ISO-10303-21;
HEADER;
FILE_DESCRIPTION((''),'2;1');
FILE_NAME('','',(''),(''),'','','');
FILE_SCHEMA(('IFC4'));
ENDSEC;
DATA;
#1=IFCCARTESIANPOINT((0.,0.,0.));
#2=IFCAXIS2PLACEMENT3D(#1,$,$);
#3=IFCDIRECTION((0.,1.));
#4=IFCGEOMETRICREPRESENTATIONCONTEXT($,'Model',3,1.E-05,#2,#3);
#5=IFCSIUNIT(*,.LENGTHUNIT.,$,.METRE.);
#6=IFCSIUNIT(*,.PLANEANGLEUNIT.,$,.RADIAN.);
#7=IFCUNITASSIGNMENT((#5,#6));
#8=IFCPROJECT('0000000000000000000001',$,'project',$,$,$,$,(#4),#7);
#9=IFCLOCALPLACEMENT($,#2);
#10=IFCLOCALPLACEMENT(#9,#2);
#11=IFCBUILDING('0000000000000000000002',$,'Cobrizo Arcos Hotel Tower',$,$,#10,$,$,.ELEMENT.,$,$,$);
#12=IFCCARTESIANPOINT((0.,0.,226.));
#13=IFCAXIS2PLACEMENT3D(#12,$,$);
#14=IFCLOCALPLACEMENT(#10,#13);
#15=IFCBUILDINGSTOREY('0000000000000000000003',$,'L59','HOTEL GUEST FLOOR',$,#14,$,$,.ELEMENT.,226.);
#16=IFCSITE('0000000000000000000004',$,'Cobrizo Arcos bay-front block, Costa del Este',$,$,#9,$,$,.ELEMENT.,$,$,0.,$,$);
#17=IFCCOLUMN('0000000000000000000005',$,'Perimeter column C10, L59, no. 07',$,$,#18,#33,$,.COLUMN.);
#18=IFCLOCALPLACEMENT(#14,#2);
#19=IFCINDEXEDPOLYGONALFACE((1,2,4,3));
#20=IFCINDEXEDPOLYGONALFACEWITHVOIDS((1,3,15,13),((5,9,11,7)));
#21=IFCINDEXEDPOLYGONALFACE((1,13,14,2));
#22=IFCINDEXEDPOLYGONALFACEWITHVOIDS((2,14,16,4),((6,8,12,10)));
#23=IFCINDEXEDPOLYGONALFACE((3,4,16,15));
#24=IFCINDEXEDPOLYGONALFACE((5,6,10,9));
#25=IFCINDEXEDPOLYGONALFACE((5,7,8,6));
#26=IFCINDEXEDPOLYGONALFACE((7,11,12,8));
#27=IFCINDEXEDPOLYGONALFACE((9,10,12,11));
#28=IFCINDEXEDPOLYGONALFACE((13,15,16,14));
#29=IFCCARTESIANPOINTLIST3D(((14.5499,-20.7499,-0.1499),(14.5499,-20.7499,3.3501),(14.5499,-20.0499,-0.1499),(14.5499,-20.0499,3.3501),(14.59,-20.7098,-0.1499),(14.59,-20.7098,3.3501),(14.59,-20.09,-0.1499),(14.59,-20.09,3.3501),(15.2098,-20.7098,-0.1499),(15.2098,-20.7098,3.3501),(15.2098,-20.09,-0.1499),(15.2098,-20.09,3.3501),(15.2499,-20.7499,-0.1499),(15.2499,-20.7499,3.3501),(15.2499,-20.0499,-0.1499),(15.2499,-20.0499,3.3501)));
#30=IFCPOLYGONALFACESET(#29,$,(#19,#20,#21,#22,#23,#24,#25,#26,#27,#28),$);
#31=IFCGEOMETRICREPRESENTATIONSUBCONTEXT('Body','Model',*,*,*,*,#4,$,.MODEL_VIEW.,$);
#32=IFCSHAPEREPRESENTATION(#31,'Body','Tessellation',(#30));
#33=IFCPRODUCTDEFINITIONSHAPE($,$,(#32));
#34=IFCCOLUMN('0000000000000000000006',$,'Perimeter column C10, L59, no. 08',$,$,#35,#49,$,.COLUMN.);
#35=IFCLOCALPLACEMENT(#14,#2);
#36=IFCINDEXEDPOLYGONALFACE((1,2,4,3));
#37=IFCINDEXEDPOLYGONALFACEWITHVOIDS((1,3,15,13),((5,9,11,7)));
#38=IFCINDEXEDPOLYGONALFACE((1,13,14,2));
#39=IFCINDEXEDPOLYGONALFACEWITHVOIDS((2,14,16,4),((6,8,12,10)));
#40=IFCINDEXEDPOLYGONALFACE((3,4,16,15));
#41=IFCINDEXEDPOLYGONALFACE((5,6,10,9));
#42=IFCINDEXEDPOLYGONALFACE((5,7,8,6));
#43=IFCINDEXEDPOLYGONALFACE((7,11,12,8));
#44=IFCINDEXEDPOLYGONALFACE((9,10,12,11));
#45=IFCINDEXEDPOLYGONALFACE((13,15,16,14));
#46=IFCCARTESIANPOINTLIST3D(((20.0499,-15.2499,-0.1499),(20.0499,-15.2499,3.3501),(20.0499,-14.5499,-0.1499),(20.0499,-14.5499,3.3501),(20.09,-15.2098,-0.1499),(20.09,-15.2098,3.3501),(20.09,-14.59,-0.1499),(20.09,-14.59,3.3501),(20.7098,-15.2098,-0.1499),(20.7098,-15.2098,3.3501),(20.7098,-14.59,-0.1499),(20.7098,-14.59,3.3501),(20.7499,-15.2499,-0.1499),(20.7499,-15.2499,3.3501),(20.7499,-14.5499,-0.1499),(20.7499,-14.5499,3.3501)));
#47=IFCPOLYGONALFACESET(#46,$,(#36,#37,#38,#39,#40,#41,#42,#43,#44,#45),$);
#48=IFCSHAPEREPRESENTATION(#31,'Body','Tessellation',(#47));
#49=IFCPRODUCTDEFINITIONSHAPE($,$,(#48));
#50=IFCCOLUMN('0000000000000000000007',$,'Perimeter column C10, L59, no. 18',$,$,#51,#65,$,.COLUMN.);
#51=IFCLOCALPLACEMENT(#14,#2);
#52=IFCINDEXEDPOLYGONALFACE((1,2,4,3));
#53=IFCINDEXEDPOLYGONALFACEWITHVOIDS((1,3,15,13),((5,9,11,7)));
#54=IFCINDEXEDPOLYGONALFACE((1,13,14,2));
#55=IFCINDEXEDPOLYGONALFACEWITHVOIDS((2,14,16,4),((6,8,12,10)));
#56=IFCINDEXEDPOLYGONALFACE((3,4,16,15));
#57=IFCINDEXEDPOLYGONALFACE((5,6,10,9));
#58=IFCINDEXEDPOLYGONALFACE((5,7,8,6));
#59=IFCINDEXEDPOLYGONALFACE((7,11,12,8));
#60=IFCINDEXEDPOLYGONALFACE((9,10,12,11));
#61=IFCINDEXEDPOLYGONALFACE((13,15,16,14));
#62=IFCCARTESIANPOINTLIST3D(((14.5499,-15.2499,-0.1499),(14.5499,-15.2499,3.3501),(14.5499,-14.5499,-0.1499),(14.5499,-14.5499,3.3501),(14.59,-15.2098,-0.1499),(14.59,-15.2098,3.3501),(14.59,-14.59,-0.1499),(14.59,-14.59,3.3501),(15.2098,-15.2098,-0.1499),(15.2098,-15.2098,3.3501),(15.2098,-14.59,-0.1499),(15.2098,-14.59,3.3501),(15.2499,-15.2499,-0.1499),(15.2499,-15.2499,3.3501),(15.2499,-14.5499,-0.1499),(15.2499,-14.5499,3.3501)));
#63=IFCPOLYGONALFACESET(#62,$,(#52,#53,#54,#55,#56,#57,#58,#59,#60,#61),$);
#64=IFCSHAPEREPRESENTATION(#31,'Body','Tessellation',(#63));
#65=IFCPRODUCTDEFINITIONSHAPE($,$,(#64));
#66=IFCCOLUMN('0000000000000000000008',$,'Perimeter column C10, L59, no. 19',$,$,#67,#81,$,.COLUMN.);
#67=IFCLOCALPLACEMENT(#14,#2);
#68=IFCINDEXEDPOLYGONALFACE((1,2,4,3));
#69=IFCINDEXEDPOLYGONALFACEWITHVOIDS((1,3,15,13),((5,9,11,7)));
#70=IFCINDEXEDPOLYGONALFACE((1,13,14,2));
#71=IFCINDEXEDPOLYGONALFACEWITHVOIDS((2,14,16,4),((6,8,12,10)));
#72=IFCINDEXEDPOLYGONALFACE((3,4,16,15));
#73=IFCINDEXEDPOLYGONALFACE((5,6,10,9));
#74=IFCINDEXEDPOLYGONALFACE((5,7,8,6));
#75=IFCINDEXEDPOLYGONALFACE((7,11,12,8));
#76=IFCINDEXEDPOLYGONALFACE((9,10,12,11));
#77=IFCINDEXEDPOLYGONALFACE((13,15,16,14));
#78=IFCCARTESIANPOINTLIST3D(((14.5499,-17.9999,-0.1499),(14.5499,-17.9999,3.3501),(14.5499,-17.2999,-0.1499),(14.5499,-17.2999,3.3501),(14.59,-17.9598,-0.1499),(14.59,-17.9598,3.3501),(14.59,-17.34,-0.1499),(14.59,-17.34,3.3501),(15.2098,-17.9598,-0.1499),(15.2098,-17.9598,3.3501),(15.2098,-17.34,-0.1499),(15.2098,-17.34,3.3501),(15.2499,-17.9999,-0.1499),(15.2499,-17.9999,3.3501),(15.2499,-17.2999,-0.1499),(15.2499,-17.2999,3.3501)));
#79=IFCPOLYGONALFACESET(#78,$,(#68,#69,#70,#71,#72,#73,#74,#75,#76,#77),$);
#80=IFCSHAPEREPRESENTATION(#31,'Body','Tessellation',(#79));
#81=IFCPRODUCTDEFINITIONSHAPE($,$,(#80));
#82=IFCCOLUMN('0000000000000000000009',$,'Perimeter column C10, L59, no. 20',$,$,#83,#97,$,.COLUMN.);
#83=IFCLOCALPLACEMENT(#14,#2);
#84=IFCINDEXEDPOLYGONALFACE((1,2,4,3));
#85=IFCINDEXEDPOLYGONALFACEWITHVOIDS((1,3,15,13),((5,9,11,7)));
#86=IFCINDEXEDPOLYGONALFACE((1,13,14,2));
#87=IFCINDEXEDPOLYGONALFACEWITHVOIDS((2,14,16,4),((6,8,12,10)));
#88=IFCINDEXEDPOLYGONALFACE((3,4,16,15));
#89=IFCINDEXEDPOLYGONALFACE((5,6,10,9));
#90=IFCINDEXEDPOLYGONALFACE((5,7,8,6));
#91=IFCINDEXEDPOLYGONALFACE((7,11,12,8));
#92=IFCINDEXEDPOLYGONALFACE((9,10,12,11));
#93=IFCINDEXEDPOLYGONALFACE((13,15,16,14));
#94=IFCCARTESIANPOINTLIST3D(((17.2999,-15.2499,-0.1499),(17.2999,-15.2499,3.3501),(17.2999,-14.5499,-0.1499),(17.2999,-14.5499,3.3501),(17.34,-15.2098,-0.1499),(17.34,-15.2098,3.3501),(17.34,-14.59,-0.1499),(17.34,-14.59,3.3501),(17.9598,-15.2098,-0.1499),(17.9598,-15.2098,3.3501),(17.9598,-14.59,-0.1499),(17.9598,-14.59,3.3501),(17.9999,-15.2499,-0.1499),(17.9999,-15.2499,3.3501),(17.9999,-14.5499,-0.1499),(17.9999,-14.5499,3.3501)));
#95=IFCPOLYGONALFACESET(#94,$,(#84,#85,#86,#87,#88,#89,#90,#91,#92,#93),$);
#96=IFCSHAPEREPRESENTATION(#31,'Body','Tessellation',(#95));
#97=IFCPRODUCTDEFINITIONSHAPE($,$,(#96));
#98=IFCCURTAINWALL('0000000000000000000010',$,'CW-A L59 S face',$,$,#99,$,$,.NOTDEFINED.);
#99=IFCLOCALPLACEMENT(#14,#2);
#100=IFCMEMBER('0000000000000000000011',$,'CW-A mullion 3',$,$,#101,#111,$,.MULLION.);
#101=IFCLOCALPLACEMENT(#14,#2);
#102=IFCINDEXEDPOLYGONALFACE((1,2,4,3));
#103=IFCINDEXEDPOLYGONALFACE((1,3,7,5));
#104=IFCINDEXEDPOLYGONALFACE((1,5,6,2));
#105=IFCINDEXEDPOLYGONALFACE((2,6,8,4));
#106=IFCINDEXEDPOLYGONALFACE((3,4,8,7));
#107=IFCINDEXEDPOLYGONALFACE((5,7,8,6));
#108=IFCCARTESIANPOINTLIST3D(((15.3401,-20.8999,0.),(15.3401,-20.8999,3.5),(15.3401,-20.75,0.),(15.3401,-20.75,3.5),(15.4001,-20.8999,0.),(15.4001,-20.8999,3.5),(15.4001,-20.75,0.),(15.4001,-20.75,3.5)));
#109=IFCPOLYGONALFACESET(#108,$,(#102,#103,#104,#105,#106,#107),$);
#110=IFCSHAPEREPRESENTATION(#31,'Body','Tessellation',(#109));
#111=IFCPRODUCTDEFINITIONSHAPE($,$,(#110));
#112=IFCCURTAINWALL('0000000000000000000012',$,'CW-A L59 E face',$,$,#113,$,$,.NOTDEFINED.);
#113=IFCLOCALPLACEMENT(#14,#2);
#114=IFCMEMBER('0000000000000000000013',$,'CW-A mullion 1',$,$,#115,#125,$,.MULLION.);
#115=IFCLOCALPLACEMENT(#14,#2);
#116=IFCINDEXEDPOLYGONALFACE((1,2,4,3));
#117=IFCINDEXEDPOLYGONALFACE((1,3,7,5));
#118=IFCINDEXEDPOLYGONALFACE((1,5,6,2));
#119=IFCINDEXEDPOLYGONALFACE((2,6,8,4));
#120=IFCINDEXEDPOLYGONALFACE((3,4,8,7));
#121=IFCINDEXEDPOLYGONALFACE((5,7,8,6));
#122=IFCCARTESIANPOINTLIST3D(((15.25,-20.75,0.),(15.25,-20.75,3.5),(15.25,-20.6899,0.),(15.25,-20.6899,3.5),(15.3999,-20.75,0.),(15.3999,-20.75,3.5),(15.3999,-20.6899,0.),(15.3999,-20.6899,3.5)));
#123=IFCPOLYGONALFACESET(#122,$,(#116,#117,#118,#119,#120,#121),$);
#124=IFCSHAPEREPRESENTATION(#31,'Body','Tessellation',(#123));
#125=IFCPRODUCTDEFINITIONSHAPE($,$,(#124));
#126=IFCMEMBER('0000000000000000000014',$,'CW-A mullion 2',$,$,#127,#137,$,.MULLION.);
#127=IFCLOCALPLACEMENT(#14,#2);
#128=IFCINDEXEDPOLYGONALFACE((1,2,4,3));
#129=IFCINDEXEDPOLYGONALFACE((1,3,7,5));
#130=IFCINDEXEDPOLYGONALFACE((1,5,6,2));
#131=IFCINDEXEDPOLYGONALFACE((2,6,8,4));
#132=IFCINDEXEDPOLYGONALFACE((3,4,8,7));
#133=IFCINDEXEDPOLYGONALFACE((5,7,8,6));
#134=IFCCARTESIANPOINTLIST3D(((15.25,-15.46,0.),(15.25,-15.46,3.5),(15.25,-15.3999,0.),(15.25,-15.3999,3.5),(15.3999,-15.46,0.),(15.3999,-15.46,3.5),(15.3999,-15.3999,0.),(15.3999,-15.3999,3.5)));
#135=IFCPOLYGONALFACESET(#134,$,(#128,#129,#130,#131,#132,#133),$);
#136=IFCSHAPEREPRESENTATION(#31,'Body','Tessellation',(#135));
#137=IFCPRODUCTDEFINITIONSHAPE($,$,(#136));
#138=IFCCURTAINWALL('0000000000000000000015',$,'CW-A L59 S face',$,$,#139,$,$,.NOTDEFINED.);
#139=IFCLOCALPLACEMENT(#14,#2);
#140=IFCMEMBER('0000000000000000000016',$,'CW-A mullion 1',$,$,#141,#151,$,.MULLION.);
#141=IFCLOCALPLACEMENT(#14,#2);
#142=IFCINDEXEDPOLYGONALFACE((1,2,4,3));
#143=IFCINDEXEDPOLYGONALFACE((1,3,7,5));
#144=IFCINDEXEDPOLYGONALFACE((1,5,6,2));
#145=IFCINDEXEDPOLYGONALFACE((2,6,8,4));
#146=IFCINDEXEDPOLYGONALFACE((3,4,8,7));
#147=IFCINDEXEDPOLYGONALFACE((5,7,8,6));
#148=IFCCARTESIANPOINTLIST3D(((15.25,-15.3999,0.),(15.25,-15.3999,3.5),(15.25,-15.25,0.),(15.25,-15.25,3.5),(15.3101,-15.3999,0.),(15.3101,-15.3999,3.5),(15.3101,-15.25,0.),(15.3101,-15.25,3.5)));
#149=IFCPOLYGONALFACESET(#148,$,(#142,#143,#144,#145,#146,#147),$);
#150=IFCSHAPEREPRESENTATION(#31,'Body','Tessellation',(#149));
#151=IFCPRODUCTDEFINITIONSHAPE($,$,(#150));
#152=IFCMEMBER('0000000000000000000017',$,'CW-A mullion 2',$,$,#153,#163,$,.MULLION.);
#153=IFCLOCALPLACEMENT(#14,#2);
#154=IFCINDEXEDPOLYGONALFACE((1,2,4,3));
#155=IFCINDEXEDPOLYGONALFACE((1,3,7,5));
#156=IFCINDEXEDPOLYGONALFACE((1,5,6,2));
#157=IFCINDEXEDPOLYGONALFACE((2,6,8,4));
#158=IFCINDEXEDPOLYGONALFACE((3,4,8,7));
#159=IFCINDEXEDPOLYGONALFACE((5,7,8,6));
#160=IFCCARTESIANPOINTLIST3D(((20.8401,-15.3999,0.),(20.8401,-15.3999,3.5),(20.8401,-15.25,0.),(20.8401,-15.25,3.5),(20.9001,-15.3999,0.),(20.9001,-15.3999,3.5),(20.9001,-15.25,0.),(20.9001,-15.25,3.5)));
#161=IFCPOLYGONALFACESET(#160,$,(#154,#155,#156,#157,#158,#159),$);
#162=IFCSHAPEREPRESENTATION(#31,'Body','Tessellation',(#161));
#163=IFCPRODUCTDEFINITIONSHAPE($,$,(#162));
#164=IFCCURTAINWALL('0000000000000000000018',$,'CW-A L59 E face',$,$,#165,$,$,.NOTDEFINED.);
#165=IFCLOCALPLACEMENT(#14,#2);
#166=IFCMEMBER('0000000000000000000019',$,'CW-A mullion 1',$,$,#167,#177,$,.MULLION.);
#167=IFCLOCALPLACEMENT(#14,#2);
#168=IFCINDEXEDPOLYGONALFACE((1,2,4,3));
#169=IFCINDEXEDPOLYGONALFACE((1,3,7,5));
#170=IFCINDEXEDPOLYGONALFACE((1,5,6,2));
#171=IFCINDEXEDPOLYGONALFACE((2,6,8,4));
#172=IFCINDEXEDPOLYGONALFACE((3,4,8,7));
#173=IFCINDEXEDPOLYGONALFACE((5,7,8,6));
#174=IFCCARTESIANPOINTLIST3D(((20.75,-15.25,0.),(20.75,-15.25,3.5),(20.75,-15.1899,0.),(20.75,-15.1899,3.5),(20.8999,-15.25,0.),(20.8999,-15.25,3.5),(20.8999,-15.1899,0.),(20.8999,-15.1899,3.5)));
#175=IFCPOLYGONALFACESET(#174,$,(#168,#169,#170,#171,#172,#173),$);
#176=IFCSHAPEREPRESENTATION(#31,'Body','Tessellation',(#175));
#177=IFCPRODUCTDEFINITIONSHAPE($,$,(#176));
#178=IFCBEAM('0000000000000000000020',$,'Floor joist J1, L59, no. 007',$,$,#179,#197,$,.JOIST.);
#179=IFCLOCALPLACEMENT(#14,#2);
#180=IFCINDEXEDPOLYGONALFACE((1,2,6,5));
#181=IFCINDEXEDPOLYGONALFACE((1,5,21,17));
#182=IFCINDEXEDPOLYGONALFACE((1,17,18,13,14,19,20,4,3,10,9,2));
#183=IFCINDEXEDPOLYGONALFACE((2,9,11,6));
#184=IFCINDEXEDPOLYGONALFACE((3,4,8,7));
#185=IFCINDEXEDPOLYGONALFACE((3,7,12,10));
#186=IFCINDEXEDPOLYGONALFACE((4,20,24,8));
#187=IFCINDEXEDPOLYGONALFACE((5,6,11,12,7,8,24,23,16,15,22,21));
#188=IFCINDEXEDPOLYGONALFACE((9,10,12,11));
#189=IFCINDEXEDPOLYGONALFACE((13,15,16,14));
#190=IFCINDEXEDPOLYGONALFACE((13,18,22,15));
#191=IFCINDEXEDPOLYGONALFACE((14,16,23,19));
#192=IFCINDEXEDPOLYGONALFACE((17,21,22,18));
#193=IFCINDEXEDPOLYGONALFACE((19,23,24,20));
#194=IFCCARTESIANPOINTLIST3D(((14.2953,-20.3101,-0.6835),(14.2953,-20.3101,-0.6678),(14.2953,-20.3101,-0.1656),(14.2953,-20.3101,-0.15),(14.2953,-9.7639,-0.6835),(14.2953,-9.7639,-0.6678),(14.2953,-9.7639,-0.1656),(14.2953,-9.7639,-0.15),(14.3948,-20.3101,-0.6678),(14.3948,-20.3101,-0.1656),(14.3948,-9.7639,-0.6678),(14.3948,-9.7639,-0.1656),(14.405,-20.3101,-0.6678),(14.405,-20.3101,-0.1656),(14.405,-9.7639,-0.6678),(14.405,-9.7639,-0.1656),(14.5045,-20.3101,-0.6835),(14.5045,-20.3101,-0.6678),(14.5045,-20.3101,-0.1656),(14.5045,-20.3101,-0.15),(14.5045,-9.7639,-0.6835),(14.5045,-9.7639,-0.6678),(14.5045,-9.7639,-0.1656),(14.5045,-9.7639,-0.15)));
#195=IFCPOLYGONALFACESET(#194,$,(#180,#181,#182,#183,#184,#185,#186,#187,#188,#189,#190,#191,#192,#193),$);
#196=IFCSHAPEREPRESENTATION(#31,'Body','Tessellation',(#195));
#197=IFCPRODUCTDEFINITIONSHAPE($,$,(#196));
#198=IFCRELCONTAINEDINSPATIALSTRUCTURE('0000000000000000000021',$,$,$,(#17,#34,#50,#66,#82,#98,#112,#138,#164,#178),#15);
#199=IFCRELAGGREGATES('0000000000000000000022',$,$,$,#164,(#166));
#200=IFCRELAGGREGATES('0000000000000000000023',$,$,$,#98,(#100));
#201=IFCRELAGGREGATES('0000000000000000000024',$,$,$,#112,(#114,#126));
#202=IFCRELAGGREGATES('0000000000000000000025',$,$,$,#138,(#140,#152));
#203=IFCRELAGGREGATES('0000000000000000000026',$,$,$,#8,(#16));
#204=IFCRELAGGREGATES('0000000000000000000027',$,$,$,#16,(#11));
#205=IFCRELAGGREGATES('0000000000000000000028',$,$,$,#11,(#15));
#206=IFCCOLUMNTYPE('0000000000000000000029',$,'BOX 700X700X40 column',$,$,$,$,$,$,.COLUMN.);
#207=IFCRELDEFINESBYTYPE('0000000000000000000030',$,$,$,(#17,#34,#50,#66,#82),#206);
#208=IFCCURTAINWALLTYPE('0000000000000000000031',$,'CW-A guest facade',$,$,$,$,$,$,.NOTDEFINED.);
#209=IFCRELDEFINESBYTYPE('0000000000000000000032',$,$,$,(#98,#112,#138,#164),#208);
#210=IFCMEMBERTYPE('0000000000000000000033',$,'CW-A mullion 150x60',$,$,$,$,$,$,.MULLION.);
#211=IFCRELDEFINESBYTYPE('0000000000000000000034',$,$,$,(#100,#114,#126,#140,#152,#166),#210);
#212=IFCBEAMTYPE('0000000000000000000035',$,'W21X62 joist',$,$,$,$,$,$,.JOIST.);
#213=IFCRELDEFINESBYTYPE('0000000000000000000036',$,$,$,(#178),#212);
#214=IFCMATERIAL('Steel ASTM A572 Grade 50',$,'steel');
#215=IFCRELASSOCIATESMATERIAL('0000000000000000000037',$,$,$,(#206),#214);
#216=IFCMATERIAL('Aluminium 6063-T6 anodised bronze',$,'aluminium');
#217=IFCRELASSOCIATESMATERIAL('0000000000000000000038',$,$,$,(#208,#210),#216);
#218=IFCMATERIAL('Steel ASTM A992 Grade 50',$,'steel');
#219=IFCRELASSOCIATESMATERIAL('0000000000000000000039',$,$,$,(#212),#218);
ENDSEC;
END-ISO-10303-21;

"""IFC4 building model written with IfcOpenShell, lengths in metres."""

from ifc_helpers import new_model, si_unit, direction, frame, origin, origin_2d, place, context, subcontext, project, spatial, rectangle, hollow_rectangle, i_section, extrude, material, material_profile, profile_set, type_object, element, aggregate, save


model = new_model("IFC4")

# Units and contexts
model_context = context("Model", 3, precision=1e-05, world=origin(), true_north=direction((0.0, 1.0)))
body_context = subcontext(model_context, "Body", "Model", "MODEL_VIEW")
ifc_project = project(units=[si_unit("LENGTHUNIT", "METRE"), si_unit("PLANEANGLEUNIT", "RADIAN")], contexts=[model_context])

# Site, building, storey
site_placement = place(None, origin())
site = spatial("IfcSite", under=ifc_project, at=site_placement, Name="Cobrizo Arcos bay-front block, Costa del Este", CompositionType="ELEMENT", RefElevation=0.0)
building_placement = place(site_placement, origin())
building = spatial("IfcBuilding", under=site, at=building_placement, Name="Cobrizo Arcos Hotel Tower", CompositionType="ELEMENT")
storey_placement = place(building_placement, frame((0.0, 0.0, 226.0)))
storey = spatial("IfcBuildingStorey", under=building, at=storey_placement, Name="L59", Description="HOTEL GUEST FLOOR", CompositionType="ELEMENT", Elevation=226.0)

# Columns
ifc_material_1 = material(Name="Steel ASTM A572 Grade 50", Category="steel")
ifc_material_profile_1 = material_profile(ifc_material_1, hollow_rectangle(XDim=0.7, YDim=0.7, WallThickness=0.04, at=origin_2d()), Name="BOX 700X700X40")
ifc_profile_set_1 = profile_set([ifc_material_profile_1], Name="Steel ASTM A572 Grade 50")
column_type = type_object("IfcColumnType", Name="BOX 700X700X40 column", PredefinedType="COLUMN", material=ifc_profile_set_1)
for number, where, z_axis, x_axis, name in (
    (1, (14.8999, -20.3999, -0.1499), (0.0, 0.0, 1.0), (1.0, 0.0, 0.0), "Perimeter column C10, L59, no. 07"),
    (2, (20.3999, -14.8999, -0.1499), (0.0, 0.0, 1.0), (1.0, 0.0, 0.0), "Perimeter column C10, L59, no. 08"),
    (3, (14.8999, -14.8999, -0.1499), (0.0, 0.0, 1.0), (1.0, 0.0, 0.0), "Perimeter column C10, L59, no. 18"),
    (4, (14.8999, -17.6499, -0.1499), (0.0, 0.0, 1.0), (1.0, 0.0, 0.0), "Perimeter column C10, L59, no. 19"),
    (5, (17.6499, -14.8999, -0.1499), (0.0, 0.0, 1.0), (1.0, 0.0, 0.0), "Perimeter column C10, L59, no. 20"),
):
    element("IfcColumn", number, at=place(storey_placement, frame(where, z_axis=z_axis, x_axis=x_axis)), inside=storey, type_object=column_type, Name=name, PredefinedType="COLUMN", context=body_context, shape_type="SweptSolid", body=[
        extrude(hollow_rectangle(XDim=0.7, YDim=0.7, WallThickness=0.04, at=origin_2d()), origin(), (0.0, 0.0, 1.0), 3.5),
    ])

# Curtain wall, member
ifc_material_2 = material(Name="Aluminium 6063-T6 anodised bronze", Category="aluminium")
curtain_wall_type = type_object("IfcCurtainWallType", Name="CW-A guest facade", PredefinedType="NOTDEFINED", material=ifc_material_2)
curtain_wall_1_placement = place(storey_placement, origin())
curtain_wall_1 = element("IfcCurtainWall", 6, at=curtain_wall_1_placement, inside=storey, type_object=curtain_wall_type, Name="CW-A L59 S face", PredefinedType="NOTDEFINED")
ifc_material_profile_2 = material_profile(ifc_material_2, rectangle(XDim=0.1499, YDim=0.0601, at=origin_2d()), Name="CW-A mullion 150x60")
ifc_profile_set_2 = profile_set([ifc_material_profile_2], Name="Aluminium 6063-T6 anodised bronze")
member_type = type_object("IfcMemberType", Name="CW-A mullion 150x60", PredefinedType="MULLION", material=ifc_profile_set_2)
member_1_placement = place(storey_placement, frame((15.3701, -20.825, 0.0), z_axis=(0.0, 0.0, 1.0), x_axis=(0.0, -1.0, 0.0)))
member_1 = element("IfcMember", 7, at=member_1_placement, type_object=member_type, Name="CW-A mullion 3", PredefinedType="MULLION", context=body_context, shape_type="SweptSolid", body=[
    extrude(rectangle(XDim=0.1499, YDim=0.0601, at=origin_2d()), origin(), (0.0, 0.0, 1.0), 3.5),
])

# Curtain walls, members
curtain_wall_2_placement = place(storey_placement, origin())
curtain_wall_2 = element("IfcCurtainWall", 8, at=curtain_wall_2_placement, inside=storey, type_object=curtain_wall_type, Name="CW-A L59 E face", PredefinedType="NOTDEFINED")
member_2_placement = place(storey_placement, frame((15.325, -20.72, 0.0), z_axis=(0.0, 0.0, 1.0), x_axis=(1.0, 0.0, 0.0)))
member_2 = element("IfcMember", 9, at=member_2_placement, type_object=member_type, Name="CW-A mullion 1", PredefinedType="MULLION", context=body_context, shape_type="SweptSolid", body=[
    extrude(rectangle(XDim=0.1499, YDim=0.0601, at=origin_2d()), origin(), (0.0, 0.0, 1.0), 3.5),
])
member_3_placement = place(storey_placement, frame((15.325, -15.4299, 0.0), z_axis=(0.0, 0.0, 1.0), x_axis=(1.0, 0.0, 0.0)))
member_3 = element("IfcMember", 10, at=member_3_placement, type_object=member_type, Name="CW-A mullion 2", PredefinedType="MULLION", context=body_context, shape_type="SweptSolid", body=[
    extrude(rectangle(XDim=0.1499, YDim=0.0601, at=origin_2d()), origin(), (0.0, 0.0, 1.0), 3.5),
])
curtain_wall_3_placement = place(storey_placement, origin())
curtain_wall_3 = element("IfcCurtainWall", 11, at=curtain_wall_3_placement, inside=storey, type_object=curtain_wall_type, Name="CW-A L59 S face", PredefinedType="NOTDEFINED")
member_4_placement = place(storey_placement, frame((15.28, -15.325, 0.0), z_axis=(0.0, 0.0, 1.0), x_axis=(0.0, -1.0, 0.0)))
member_4 = element("IfcMember", 12, at=member_4_placement, type_object=member_type, Name="CW-A mullion 1", PredefinedType="MULLION", context=body_context, shape_type="SweptSolid", body=[
    extrude(rectangle(XDim=0.1499, YDim=0.0601, at=origin_2d()), origin(), (0.0, 0.0, 1.0), 3.5),
])
member_5_placement = place(storey_placement, frame((20.8701, -15.325, 0.0), z_axis=(0.0, 0.0, 1.0), x_axis=(0.0, -1.0, 0.0)))
member_5 = element("IfcMember", 13, at=member_5_placement, type_object=member_type, Name="CW-A mullion 2", PredefinedType="MULLION", context=body_context, shape_type="SweptSolid", body=[
    extrude(rectangle(XDim=0.1499, YDim=0.0601, at=origin_2d()), origin(), (0.0, 0.0, 1.0), 3.5),
])

# Curtain wall, member
curtain_wall_4_placement = place(storey_placement, origin())
curtain_wall_4 = element("IfcCurtainWall", 14, at=curtain_wall_4_placement, inside=storey, type_object=curtain_wall_type, Name="CW-A L59 E face", PredefinedType="NOTDEFINED")
member_6_placement = place(storey_placement, frame((20.825, -15.22, 0.0), z_axis=(0.0, 0.0, 1.0), x_axis=(1.0, 0.0, 0.0)))
member_6 = element("IfcMember", 15, at=member_6_placement, type_object=member_type, Name="CW-A mullion 1", PredefinedType="MULLION", context=body_context, shape_type="SweptSolid", body=[
    extrude(rectangle(XDim=0.1499, YDim=0.0601, at=origin_2d()), origin(), (0.0, 0.0, 1.0), 3.5),
])
aggregate(curtain_wall_4, [member_6])

# Beam
ifc_material_3 = material(Name="Steel ASTM A992 Grade 50", Category="steel")
ifc_material_profile_3 = material_profile(ifc_material_3, i_section(OverallWidth=0.2092, OverallDepth=0.5334, WebThickness=0.0103, FlangeThickness=0.0156, at=origin_2d()), Name="W21X62")
ifc_profile_set_3 = profile_set([ifc_material_profile_3], Name="Steel ASTM A992 Grade 50")
beam_type_1 = type_object("IfcBeamType", Name="W21X62 joist", PredefinedType="JOIST", material=ifc_profile_set_3)
beam_1_placement = place(storey_placement, frame((14.3999, -20.3101, -0.4167), z_axis=(0.0, 1.0, 0.0), x_axis=(-1.0, 0.0, 0.0)))
element("IfcBeam", 16, at=beam_1_placement, inside=storey, type_object=beam_type_1, Name="Floor joist J1, L59, no. 007", PredefinedType="JOIST", context=body_context, shape_type="SweptSolid", body=[
    extrude(i_section(OverallWidth=0.2092, OverallDepth=0.5334, WebThickness=0.0103, FlangeThickness=0.0156, at=origin_2d()), origin(), (0.0, 0.0, 1.0), 10.5461),
])

aggregate(curtain_wall_1, [member_1])
aggregate(curtain_wall_2, [member_2, member_3])
aggregate(curtain_wall_3, [member_4, member_5])

save(model, "model.ifc")
